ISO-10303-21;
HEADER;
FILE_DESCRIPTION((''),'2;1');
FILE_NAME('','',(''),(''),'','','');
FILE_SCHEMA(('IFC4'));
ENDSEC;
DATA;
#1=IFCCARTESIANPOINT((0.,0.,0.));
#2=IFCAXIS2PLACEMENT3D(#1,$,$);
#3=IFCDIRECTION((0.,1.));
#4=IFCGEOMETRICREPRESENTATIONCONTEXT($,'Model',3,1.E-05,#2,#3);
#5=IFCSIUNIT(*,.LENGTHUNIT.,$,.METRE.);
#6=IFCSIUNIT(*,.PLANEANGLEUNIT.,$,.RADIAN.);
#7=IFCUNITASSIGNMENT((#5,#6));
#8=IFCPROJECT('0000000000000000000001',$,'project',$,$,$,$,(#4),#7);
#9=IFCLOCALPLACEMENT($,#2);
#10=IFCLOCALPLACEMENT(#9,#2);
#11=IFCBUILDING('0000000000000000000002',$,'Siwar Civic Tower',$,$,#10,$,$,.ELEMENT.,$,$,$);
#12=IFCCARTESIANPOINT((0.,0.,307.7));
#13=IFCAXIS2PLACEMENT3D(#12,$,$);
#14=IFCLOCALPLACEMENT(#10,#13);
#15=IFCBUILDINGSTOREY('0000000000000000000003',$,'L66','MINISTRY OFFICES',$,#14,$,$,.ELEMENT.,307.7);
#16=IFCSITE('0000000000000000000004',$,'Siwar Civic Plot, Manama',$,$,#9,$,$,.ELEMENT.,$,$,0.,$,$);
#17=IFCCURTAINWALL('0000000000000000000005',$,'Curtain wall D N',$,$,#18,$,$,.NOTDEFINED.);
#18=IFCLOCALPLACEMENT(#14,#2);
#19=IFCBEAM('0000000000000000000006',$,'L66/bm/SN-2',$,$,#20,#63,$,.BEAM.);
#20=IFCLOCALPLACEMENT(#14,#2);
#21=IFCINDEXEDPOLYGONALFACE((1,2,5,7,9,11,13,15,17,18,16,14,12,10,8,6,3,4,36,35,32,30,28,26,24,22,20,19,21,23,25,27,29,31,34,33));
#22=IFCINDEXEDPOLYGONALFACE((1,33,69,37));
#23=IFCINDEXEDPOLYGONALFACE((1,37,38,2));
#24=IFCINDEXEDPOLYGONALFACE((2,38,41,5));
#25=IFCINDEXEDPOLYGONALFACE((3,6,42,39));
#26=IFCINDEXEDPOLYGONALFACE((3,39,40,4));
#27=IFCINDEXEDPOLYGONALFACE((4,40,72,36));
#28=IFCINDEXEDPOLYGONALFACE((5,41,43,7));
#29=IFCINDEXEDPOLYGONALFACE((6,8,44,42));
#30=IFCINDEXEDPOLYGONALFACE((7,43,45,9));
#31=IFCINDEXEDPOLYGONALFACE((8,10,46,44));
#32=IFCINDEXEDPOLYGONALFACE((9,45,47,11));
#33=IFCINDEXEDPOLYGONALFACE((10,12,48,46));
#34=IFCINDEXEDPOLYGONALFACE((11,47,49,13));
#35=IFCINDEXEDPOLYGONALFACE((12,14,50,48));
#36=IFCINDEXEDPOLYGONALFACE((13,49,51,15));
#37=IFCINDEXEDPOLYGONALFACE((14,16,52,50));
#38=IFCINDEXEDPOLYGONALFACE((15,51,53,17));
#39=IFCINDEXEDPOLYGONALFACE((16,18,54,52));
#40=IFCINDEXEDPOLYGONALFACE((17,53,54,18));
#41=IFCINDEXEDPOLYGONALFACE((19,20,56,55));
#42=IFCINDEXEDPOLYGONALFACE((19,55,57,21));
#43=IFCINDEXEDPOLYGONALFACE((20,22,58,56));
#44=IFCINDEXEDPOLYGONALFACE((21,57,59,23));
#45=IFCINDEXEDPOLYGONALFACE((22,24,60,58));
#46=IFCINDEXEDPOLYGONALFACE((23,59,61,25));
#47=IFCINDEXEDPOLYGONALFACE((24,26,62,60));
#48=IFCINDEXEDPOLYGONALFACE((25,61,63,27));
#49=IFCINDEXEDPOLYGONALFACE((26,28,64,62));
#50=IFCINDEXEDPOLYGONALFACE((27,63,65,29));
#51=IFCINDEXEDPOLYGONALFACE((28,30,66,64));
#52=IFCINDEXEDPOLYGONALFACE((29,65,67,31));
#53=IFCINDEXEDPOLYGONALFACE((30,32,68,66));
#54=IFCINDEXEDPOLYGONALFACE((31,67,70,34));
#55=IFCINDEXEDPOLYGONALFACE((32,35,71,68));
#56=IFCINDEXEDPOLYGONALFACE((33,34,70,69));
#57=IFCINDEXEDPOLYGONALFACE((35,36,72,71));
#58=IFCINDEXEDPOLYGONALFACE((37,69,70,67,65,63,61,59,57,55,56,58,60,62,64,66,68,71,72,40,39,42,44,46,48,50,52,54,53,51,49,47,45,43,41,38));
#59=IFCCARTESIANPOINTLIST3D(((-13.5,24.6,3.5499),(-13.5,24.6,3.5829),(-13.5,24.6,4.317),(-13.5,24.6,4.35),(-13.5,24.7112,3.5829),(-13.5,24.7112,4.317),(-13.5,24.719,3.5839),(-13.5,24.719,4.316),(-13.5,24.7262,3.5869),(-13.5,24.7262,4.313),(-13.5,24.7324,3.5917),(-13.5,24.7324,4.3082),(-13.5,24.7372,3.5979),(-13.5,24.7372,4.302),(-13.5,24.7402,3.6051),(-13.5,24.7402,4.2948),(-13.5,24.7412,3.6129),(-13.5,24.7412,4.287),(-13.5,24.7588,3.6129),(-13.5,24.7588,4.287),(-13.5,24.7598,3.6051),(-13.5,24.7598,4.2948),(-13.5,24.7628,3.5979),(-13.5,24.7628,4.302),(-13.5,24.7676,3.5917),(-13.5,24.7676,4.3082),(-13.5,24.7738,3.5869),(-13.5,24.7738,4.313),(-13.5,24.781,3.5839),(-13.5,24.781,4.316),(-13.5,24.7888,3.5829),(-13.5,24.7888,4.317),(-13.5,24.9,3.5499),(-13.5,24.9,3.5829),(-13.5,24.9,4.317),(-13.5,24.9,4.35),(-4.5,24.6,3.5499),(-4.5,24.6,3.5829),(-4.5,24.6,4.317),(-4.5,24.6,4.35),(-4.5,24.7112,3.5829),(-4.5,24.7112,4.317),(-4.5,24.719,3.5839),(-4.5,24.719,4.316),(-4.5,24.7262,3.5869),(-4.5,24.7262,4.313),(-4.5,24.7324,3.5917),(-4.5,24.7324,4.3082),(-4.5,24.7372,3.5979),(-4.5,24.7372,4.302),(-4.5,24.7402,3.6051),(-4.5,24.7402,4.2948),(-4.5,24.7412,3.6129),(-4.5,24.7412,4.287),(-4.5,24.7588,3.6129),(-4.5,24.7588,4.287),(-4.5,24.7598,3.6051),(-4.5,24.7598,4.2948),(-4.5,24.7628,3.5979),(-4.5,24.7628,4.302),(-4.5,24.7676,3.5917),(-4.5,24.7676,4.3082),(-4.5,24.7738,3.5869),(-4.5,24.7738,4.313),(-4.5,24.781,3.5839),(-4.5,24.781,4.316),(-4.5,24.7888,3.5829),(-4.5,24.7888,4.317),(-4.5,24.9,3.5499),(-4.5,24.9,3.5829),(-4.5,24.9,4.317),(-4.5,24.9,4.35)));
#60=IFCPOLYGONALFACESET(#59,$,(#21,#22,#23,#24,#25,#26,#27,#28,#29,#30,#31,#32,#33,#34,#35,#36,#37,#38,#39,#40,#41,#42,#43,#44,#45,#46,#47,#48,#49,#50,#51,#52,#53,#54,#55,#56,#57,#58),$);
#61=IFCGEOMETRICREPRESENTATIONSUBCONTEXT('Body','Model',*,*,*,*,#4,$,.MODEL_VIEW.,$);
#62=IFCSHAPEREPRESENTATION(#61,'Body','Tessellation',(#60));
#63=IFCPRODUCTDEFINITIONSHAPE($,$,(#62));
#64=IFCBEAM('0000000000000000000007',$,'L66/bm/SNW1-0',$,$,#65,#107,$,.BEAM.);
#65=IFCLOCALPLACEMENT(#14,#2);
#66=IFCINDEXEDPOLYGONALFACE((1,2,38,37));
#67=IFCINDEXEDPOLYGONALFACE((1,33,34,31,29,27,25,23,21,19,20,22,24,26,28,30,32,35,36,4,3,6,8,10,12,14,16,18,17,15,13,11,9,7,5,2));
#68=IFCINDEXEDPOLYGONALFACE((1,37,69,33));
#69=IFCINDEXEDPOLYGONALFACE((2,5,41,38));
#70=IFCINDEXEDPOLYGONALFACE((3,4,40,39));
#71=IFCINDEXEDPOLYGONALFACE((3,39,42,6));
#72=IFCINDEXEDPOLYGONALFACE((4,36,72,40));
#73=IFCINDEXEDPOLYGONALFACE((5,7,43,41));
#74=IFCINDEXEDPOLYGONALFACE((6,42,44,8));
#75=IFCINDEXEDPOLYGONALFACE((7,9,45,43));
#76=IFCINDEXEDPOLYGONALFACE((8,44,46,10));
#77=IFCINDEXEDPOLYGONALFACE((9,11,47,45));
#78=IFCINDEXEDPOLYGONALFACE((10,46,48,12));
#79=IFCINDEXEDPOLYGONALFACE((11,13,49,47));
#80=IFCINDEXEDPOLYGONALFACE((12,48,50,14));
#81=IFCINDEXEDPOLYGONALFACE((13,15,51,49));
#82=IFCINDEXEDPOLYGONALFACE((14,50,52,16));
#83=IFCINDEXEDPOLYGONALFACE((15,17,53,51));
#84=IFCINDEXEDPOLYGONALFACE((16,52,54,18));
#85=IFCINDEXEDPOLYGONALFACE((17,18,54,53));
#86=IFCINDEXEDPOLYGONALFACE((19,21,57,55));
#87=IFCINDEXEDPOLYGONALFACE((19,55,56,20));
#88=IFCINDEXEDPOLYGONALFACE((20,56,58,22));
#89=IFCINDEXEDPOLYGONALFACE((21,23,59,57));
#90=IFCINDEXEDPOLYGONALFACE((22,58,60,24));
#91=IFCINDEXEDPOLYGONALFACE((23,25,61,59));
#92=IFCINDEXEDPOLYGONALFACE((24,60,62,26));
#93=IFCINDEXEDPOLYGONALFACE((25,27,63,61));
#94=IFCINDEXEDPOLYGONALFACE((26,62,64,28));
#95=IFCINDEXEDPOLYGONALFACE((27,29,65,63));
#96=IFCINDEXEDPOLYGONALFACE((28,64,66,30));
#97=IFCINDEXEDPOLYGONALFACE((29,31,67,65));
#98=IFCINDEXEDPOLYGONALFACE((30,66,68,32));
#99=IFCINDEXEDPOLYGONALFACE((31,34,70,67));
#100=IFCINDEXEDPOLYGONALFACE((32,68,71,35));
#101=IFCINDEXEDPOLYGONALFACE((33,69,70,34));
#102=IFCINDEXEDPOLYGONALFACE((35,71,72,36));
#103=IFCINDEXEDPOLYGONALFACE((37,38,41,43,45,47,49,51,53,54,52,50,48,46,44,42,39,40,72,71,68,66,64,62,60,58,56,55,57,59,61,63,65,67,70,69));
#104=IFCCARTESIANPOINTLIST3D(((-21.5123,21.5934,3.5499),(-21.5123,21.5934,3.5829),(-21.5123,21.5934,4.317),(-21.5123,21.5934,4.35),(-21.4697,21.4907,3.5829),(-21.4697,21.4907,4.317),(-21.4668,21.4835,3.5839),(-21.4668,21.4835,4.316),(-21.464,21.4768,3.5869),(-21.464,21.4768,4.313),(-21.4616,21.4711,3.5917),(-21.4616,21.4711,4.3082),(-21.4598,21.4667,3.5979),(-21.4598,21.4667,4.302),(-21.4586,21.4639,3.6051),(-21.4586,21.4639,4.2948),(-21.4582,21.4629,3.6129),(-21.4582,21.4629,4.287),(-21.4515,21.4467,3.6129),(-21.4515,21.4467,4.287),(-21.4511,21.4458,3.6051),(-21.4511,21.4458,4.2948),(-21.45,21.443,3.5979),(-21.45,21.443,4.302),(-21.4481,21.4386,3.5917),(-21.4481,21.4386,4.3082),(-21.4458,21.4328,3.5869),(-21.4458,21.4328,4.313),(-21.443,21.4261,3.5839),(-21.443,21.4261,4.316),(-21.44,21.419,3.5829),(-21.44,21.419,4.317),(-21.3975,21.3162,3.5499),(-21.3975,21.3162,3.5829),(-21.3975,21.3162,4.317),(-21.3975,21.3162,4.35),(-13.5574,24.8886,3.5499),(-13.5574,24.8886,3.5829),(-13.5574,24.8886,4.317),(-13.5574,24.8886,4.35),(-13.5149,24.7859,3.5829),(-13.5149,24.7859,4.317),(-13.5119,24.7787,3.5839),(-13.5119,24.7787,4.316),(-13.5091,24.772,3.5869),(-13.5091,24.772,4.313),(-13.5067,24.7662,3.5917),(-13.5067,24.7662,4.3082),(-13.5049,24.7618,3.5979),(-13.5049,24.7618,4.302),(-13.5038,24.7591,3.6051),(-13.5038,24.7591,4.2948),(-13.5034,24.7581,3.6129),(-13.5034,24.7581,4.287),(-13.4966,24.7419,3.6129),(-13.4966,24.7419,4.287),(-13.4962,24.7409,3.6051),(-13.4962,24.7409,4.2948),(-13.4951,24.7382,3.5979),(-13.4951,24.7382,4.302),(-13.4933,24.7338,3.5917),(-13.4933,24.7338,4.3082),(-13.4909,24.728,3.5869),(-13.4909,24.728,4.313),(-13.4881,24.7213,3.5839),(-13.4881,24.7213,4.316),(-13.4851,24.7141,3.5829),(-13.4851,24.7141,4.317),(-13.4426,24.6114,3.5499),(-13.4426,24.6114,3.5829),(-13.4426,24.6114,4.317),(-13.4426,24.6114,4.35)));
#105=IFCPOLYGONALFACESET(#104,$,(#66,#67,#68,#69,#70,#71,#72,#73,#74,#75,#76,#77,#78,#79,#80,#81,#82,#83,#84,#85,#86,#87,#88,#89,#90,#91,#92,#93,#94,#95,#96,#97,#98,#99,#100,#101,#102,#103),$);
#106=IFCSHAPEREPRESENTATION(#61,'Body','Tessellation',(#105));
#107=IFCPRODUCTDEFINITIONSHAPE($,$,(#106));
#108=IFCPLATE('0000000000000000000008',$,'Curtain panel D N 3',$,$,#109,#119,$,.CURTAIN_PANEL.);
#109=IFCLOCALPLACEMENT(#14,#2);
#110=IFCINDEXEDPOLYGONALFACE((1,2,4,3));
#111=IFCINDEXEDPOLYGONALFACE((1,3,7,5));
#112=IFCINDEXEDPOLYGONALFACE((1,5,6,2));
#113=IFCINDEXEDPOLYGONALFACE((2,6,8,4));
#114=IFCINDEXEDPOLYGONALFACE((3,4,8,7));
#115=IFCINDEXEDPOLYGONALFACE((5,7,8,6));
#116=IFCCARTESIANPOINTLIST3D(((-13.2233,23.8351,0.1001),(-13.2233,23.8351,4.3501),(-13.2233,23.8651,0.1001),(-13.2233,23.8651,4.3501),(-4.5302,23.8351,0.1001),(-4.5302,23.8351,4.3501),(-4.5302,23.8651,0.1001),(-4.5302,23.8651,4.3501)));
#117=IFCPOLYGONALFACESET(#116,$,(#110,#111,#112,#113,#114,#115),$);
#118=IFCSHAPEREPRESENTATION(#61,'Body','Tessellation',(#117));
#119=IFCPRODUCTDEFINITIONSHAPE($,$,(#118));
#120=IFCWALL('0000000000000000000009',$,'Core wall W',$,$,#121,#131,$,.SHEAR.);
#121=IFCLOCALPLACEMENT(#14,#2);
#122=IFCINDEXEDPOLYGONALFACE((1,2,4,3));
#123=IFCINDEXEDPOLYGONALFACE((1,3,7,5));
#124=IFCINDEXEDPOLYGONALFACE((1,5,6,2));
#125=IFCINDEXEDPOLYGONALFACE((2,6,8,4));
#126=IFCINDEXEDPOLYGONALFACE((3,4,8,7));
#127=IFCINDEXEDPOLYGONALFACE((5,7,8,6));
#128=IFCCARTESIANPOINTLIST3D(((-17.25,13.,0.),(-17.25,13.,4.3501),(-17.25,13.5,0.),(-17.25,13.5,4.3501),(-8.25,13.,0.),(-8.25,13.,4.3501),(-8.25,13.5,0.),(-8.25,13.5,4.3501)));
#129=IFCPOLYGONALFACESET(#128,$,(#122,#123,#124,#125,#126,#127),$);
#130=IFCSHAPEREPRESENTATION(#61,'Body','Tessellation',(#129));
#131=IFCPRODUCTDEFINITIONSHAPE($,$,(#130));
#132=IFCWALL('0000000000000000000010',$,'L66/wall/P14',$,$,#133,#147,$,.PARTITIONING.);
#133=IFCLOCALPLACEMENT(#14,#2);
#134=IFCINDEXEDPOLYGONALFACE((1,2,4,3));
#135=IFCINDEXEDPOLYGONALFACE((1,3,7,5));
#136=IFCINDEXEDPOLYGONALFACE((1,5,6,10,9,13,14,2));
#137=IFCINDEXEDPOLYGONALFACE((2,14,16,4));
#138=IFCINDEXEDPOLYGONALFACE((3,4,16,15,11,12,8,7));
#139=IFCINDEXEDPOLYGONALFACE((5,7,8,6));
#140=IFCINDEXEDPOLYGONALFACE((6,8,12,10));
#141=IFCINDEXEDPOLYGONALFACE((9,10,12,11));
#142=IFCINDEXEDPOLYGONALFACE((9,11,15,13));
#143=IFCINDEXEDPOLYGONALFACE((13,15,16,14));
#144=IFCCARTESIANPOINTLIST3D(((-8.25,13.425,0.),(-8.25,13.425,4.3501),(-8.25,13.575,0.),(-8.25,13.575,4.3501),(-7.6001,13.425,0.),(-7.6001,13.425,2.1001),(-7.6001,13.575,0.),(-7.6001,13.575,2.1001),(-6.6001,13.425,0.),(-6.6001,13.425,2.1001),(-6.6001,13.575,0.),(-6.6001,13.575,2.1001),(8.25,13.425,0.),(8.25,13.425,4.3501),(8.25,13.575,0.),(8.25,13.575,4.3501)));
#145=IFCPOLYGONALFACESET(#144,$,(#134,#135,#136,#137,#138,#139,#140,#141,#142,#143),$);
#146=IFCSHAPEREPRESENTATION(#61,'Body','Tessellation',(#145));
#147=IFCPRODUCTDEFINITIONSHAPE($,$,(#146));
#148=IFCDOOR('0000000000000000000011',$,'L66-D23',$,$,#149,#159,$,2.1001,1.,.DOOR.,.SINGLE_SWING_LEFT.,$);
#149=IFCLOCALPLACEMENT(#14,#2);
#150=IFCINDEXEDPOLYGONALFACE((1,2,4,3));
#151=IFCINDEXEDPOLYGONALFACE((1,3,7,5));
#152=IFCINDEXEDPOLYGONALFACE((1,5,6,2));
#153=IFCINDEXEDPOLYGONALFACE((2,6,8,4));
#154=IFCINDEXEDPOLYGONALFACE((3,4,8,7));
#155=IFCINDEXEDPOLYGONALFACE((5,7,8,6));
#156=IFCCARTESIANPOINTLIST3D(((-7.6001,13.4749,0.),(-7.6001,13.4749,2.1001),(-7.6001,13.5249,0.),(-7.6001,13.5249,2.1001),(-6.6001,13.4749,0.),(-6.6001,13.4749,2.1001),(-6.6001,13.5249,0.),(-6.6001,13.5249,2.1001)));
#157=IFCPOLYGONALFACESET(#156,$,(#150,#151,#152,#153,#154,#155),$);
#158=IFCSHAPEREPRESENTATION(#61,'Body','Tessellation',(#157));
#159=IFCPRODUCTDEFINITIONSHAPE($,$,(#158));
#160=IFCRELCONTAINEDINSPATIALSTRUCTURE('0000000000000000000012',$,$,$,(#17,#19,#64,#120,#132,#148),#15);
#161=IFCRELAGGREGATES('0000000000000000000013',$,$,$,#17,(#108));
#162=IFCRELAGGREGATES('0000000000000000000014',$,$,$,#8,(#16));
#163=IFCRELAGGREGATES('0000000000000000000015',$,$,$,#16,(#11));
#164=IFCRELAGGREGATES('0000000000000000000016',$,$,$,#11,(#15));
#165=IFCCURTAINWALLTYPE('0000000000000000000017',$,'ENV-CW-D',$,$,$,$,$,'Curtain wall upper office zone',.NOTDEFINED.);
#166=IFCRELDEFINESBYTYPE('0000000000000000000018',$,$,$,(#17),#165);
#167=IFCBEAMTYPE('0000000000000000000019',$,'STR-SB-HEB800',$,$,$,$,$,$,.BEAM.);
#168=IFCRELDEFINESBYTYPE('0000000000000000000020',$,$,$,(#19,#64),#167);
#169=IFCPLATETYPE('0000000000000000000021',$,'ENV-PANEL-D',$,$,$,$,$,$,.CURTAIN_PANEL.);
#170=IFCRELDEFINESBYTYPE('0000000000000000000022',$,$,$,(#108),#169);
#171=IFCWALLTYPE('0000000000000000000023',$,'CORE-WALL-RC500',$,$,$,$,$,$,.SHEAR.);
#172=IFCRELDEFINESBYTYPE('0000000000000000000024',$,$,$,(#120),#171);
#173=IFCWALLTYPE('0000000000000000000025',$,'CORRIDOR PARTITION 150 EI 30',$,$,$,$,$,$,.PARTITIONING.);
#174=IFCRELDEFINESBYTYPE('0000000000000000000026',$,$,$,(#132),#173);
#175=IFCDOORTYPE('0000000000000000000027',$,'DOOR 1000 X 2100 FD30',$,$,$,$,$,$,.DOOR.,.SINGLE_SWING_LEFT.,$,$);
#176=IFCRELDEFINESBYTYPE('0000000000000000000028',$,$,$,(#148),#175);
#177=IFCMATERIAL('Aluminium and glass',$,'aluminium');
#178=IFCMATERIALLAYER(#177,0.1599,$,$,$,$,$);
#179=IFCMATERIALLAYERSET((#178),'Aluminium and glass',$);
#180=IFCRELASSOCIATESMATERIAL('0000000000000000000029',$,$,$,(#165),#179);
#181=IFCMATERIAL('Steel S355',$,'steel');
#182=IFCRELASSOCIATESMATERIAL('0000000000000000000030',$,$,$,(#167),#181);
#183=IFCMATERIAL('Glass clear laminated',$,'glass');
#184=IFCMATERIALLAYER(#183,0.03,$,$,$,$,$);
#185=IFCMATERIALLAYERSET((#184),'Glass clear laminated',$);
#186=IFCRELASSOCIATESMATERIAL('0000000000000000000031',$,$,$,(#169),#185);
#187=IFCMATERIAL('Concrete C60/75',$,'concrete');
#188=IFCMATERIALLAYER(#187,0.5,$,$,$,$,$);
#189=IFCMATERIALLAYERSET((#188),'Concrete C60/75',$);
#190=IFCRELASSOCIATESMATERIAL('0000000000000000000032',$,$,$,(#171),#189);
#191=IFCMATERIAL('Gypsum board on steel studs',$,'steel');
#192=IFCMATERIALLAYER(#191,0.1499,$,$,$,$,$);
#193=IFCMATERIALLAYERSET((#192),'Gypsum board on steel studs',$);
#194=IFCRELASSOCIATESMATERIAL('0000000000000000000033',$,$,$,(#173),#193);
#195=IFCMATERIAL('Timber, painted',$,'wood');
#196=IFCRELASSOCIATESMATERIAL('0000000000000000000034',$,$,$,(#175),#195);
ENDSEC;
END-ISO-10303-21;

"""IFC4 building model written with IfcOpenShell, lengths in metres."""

from ifc_helpers import new_model, si_unit, direction, frame, frame_2d, origin, origin_2d, place, context, subcontext, project, spatial, rectangle, i_section, extrude, material, layer, layer_set, material_profile, profile_set, type_object, element, fill, aggregate, save


model = new_model("IFC4")

# Units and contexts
model_context = context("Model", 3, precision=1e-05, world=origin(), true_north=direction((0.0, 1.0)))
body_context = subcontext(model_context, "Body", "Model", "MODEL_VIEW")
ifc_project = project(units=[si_unit("LENGTHUNIT", "METRE"), si_unit("PLANEANGLEUNIT", "RADIAN")], contexts=[model_context])

# Site, building, storey
site_placement = place(None, origin())
site = spatial("IfcSite", under=ifc_project, at=site_placement, Name="Siwar Civic Plot, Manama", CompositionType="ELEMENT", RefElevation=0.0)
building_placement = place(site_placement, origin())
building = spatial("IfcBuilding", under=site, at=building_placement, Name="Siwar Civic Tower", CompositionType="ELEMENT")
storey_placement = place(building_placement, frame((0.0, 0.0, 307.7)))
storey = spatial("IfcBuildingStorey", under=building, at=storey_placement, Name="L66", Description="MINISTRY OFFICES", CompositionType="ELEMENT", Elevation=307.7)

# Curtain wall
ifc_material_1 = material(Name="Aluminium and glass", Category="aluminium")
ifc_layer_1 = layer(ifc_material_1, 0.1599)
ifc_layer_set_1 = layer_set([ifc_layer_1], Name="Aluminium and glass")
curtain_wall_type_1 = type_object("IfcCurtainWallType", Name="ENV-CW-D", ElementType="Curtain wall upper office zone", PredefinedType="NOTDEFINED", material=ifc_layer_set_1)
curtain_wall_1_placement = place(storey_placement, origin())
curtain_wall_1 = element("IfcCurtainWall", 1, at=curtain_wall_1_placement, inside=storey, type_object=curtain_wall_type_1, Name="Curtain wall D N", PredefinedType="NOTDEFINED")

# Beams
ifc_material_2 = material(Name="Steel S355", Category="steel")
ifc_material_profile_1 = material_profile(ifc_material_2, i_section(OverallWidth=0.3, OverallDepth=0.8, WebThickness=0.0176, FlangeThickness=0.033, FilletRadius=0.03, at=origin_2d()), Name="HEB800")
ifc_profile_set_1 = profile_set([ifc_material_profile_1], Name="Steel S355")
beam_type_1 = type_object("IfcBeamType", Name="STR-SB-HEB800", PredefinedType="BEAM", material=ifc_profile_set_1)
beam_1_placement = place(storey_placement, frame((-4.5, 24.75, 3.95), z_axis=(-1.0, 0.0, 0.0), x_axis=(0.0, -1.0, 0.0)))
element("IfcBeam", 2, at=beam_1_placement, inside=storey, type_object=beam_type_1, Name="L66/bm/SN-2", PredefinedType="BEAM", context=body_context, shape_type="SweptSolid", body=[
    extrude(i_section(OverallWidth=0.3, OverallDepth=0.8, WebThickness=0.0176, FlangeThickness=0.033, FilletRadius=0.03, at=origin_2d()), origin(), (0.0, 0.0, 1.0), 9.0),
])
beam_2_placement = place(storey_placement, frame((-13.5, 24.75, 3.95), z_axis=(-0.923873, -0.3827, 0.0), x_axis=(0.3827, -0.923873, 0.0)))
element("IfcBeam", 3, at=beam_2_placement, inside=storey, type_object=beam_type_1, Name="L66/bm/SNW1-0", PredefinedType="BEAM", context=body_context, shape_type="SweptSolid", body=[
    extrude(i_section(OverallWidth=0.3, OverallDepth=0.8, WebThickness=0.0176, FlangeThickness=0.033, FilletRadius=0.03, at=origin_2d()), origin(), (0.0, 0.0, 1.0), 8.6104),
])

# Plate
ifc_material_3 = material(Name="Glass clear laminated", Category="glass")
ifc_layer_2 = layer(ifc_material_3, 0.03)
ifc_layer_set_2 = layer_set([ifc_layer_2], Name="Glass clear laminated")
plate_type = type_object("IfcPlateType", Name="ENV-PANEL-D", PredefinedType="CURTAIN_PANEL", material=ifc_layer_set_2)
plate_placement = place(storey_placement, frame((-8.8767, 23.8501, 0.1001), z_axis=(0.0, 0.0, 1.0), x_axis=(-1.0, 0.0, 0.0)))
plate = element("IfcPlate", 4, at=plate_placement, type_object=plate_type, Name="Curtain panel D N 3", PredefinedType="CURTAIN_PANEL", context=body_context, shape_type="SweptSolid", body=[
    extrude(rectangle(XDim=8.6931, YDim=0.03, at=origin_2d()), origin(), (0.0, 0.0, 1.0), 4.25),
])
aggregate(curtain_wall_1, [plate])

# Wall
ifc_material_4 = material(Name="Concrete C60/75", Category="concrete")
ifc_layer_3 = layer(ifc_material_4, 0.5)
ifc_layer_set_3 = layer_set([ifc_layer_3], Name="Concrete C60/75")
wall_type_1 = type_object("IfcWallType", Name="CORE-WALL-RC500", PredefinedType="SHEAR", material=ifc_layer_set_3)
wall_1_placement = place(storey_placement, frame((-8.25, 13.25, 0.0), z_axis=(0.0, 0.0, 1.0), x_axis=(-1.0, 0.0, 0.0)))
element("IfcWall", 5, at=wall_1_placement, inside=storey, type_object=wall_type_1, Name="Core wall W", PredefinedType="SHEAR", context=body_context, shape_type="SweptSolid", body=[
    extrude(rectangle(XDim=9.0, YDim=0.5, at=frame_2d((4.5, 0.0))), origin(), (0.0, 0.0, 1.0), 4.3501),
])

# Wall, opening, door
ifc_material_5 = material(Name="Gypsum board on steel studs", Category="steel")
ifc_layer_4 = layer(ifc_material_5, 0.1499)
ifc_layer_set_4 = layer_set([ifc_layer_4], Name="Gypsum board on steel studs")
wall_type_2 = type_object("IfcWallType", Name="CORRIDOR PARTITION 150 EI 30", PredefinedType="PARTITIONING", material=ifc_layer_set_4)
wall_2_placement = place(storey_placement, frame((-8.25, 13.5, 0.0), z_axis=(0.0, 0.0, 1.0), x_axis=(1.0, 0.0, 0.0)))
wall_2 = element("IfcWall", 6, at=wall_2_placement, inside=storey, type_object=wall_type_2, Name="L66/wall/P14", PredefinedType="PARTITIONING", context=body_context, shape_type="SweptSolid", body=[
    extrude(rectangle(XDim=16.5, YDim=0.1499, at=frame_2d((8.25, 0.0))), origin(), (0.0, 0.0, 1.0), 4.3501),
])
opening_1_placement = place(wall_2_placement, frame((0.6499, 0.0, 0.0)))
opening_1 = element("IfcOpeningElement", 7, at=opening_1_placement, cuts=wall_2, PredefinedType="OPENING", context=body_context, shape_type="SweptSolid", body=[
    extrude(rectangle(XDim=1.0, YDim=2.1001, at=frame_2d((0.5, 1.05))), frame((0.0, 0.085, 0.0), z_axis=(0.0, -1.0, 0.0), x_axis=(1.0, 0.0, 0.0)), (0.0, 0.0, 1.0), 0.1699),
])
ifc_material_6 = material(Name="Timber, painted", Category="wood")
door_type_1 = type_object("IfcDoorType", Name="DOOR 1000 X 2100 FD30", OperationType="SINGLE_SWING_LEFT", PredefinedType="DOOR", material=ifc_material_6)
door_1_placement = place(opening_1_placement, origin())
door_1 = element("IfcDoor", 8, at=door_1_placement, inside=storey, type_object=door_type_1, Name="L66-D23", OperationType="SINGLE_SWING_LEFT", OverallHeight=2.1001, OverallWidth=1.0, PredefinedType="DOOR", context=body_context, shape_type="SweptSolid", body=[
    extrude(rectangle(XDim=1.0, YDim=2.1001, at=frame_2d((0.5, 1.05))), frame((0.0, 0.0249, 0.0), z_axis=(0.0, -1.0, 0.0), x_axis=(1.0, 0.0, 0.0)), (0.0, 0.0, 1.0), 0.05),
])
fill(opening_1, door_1)

save(model, "model.ifc")
